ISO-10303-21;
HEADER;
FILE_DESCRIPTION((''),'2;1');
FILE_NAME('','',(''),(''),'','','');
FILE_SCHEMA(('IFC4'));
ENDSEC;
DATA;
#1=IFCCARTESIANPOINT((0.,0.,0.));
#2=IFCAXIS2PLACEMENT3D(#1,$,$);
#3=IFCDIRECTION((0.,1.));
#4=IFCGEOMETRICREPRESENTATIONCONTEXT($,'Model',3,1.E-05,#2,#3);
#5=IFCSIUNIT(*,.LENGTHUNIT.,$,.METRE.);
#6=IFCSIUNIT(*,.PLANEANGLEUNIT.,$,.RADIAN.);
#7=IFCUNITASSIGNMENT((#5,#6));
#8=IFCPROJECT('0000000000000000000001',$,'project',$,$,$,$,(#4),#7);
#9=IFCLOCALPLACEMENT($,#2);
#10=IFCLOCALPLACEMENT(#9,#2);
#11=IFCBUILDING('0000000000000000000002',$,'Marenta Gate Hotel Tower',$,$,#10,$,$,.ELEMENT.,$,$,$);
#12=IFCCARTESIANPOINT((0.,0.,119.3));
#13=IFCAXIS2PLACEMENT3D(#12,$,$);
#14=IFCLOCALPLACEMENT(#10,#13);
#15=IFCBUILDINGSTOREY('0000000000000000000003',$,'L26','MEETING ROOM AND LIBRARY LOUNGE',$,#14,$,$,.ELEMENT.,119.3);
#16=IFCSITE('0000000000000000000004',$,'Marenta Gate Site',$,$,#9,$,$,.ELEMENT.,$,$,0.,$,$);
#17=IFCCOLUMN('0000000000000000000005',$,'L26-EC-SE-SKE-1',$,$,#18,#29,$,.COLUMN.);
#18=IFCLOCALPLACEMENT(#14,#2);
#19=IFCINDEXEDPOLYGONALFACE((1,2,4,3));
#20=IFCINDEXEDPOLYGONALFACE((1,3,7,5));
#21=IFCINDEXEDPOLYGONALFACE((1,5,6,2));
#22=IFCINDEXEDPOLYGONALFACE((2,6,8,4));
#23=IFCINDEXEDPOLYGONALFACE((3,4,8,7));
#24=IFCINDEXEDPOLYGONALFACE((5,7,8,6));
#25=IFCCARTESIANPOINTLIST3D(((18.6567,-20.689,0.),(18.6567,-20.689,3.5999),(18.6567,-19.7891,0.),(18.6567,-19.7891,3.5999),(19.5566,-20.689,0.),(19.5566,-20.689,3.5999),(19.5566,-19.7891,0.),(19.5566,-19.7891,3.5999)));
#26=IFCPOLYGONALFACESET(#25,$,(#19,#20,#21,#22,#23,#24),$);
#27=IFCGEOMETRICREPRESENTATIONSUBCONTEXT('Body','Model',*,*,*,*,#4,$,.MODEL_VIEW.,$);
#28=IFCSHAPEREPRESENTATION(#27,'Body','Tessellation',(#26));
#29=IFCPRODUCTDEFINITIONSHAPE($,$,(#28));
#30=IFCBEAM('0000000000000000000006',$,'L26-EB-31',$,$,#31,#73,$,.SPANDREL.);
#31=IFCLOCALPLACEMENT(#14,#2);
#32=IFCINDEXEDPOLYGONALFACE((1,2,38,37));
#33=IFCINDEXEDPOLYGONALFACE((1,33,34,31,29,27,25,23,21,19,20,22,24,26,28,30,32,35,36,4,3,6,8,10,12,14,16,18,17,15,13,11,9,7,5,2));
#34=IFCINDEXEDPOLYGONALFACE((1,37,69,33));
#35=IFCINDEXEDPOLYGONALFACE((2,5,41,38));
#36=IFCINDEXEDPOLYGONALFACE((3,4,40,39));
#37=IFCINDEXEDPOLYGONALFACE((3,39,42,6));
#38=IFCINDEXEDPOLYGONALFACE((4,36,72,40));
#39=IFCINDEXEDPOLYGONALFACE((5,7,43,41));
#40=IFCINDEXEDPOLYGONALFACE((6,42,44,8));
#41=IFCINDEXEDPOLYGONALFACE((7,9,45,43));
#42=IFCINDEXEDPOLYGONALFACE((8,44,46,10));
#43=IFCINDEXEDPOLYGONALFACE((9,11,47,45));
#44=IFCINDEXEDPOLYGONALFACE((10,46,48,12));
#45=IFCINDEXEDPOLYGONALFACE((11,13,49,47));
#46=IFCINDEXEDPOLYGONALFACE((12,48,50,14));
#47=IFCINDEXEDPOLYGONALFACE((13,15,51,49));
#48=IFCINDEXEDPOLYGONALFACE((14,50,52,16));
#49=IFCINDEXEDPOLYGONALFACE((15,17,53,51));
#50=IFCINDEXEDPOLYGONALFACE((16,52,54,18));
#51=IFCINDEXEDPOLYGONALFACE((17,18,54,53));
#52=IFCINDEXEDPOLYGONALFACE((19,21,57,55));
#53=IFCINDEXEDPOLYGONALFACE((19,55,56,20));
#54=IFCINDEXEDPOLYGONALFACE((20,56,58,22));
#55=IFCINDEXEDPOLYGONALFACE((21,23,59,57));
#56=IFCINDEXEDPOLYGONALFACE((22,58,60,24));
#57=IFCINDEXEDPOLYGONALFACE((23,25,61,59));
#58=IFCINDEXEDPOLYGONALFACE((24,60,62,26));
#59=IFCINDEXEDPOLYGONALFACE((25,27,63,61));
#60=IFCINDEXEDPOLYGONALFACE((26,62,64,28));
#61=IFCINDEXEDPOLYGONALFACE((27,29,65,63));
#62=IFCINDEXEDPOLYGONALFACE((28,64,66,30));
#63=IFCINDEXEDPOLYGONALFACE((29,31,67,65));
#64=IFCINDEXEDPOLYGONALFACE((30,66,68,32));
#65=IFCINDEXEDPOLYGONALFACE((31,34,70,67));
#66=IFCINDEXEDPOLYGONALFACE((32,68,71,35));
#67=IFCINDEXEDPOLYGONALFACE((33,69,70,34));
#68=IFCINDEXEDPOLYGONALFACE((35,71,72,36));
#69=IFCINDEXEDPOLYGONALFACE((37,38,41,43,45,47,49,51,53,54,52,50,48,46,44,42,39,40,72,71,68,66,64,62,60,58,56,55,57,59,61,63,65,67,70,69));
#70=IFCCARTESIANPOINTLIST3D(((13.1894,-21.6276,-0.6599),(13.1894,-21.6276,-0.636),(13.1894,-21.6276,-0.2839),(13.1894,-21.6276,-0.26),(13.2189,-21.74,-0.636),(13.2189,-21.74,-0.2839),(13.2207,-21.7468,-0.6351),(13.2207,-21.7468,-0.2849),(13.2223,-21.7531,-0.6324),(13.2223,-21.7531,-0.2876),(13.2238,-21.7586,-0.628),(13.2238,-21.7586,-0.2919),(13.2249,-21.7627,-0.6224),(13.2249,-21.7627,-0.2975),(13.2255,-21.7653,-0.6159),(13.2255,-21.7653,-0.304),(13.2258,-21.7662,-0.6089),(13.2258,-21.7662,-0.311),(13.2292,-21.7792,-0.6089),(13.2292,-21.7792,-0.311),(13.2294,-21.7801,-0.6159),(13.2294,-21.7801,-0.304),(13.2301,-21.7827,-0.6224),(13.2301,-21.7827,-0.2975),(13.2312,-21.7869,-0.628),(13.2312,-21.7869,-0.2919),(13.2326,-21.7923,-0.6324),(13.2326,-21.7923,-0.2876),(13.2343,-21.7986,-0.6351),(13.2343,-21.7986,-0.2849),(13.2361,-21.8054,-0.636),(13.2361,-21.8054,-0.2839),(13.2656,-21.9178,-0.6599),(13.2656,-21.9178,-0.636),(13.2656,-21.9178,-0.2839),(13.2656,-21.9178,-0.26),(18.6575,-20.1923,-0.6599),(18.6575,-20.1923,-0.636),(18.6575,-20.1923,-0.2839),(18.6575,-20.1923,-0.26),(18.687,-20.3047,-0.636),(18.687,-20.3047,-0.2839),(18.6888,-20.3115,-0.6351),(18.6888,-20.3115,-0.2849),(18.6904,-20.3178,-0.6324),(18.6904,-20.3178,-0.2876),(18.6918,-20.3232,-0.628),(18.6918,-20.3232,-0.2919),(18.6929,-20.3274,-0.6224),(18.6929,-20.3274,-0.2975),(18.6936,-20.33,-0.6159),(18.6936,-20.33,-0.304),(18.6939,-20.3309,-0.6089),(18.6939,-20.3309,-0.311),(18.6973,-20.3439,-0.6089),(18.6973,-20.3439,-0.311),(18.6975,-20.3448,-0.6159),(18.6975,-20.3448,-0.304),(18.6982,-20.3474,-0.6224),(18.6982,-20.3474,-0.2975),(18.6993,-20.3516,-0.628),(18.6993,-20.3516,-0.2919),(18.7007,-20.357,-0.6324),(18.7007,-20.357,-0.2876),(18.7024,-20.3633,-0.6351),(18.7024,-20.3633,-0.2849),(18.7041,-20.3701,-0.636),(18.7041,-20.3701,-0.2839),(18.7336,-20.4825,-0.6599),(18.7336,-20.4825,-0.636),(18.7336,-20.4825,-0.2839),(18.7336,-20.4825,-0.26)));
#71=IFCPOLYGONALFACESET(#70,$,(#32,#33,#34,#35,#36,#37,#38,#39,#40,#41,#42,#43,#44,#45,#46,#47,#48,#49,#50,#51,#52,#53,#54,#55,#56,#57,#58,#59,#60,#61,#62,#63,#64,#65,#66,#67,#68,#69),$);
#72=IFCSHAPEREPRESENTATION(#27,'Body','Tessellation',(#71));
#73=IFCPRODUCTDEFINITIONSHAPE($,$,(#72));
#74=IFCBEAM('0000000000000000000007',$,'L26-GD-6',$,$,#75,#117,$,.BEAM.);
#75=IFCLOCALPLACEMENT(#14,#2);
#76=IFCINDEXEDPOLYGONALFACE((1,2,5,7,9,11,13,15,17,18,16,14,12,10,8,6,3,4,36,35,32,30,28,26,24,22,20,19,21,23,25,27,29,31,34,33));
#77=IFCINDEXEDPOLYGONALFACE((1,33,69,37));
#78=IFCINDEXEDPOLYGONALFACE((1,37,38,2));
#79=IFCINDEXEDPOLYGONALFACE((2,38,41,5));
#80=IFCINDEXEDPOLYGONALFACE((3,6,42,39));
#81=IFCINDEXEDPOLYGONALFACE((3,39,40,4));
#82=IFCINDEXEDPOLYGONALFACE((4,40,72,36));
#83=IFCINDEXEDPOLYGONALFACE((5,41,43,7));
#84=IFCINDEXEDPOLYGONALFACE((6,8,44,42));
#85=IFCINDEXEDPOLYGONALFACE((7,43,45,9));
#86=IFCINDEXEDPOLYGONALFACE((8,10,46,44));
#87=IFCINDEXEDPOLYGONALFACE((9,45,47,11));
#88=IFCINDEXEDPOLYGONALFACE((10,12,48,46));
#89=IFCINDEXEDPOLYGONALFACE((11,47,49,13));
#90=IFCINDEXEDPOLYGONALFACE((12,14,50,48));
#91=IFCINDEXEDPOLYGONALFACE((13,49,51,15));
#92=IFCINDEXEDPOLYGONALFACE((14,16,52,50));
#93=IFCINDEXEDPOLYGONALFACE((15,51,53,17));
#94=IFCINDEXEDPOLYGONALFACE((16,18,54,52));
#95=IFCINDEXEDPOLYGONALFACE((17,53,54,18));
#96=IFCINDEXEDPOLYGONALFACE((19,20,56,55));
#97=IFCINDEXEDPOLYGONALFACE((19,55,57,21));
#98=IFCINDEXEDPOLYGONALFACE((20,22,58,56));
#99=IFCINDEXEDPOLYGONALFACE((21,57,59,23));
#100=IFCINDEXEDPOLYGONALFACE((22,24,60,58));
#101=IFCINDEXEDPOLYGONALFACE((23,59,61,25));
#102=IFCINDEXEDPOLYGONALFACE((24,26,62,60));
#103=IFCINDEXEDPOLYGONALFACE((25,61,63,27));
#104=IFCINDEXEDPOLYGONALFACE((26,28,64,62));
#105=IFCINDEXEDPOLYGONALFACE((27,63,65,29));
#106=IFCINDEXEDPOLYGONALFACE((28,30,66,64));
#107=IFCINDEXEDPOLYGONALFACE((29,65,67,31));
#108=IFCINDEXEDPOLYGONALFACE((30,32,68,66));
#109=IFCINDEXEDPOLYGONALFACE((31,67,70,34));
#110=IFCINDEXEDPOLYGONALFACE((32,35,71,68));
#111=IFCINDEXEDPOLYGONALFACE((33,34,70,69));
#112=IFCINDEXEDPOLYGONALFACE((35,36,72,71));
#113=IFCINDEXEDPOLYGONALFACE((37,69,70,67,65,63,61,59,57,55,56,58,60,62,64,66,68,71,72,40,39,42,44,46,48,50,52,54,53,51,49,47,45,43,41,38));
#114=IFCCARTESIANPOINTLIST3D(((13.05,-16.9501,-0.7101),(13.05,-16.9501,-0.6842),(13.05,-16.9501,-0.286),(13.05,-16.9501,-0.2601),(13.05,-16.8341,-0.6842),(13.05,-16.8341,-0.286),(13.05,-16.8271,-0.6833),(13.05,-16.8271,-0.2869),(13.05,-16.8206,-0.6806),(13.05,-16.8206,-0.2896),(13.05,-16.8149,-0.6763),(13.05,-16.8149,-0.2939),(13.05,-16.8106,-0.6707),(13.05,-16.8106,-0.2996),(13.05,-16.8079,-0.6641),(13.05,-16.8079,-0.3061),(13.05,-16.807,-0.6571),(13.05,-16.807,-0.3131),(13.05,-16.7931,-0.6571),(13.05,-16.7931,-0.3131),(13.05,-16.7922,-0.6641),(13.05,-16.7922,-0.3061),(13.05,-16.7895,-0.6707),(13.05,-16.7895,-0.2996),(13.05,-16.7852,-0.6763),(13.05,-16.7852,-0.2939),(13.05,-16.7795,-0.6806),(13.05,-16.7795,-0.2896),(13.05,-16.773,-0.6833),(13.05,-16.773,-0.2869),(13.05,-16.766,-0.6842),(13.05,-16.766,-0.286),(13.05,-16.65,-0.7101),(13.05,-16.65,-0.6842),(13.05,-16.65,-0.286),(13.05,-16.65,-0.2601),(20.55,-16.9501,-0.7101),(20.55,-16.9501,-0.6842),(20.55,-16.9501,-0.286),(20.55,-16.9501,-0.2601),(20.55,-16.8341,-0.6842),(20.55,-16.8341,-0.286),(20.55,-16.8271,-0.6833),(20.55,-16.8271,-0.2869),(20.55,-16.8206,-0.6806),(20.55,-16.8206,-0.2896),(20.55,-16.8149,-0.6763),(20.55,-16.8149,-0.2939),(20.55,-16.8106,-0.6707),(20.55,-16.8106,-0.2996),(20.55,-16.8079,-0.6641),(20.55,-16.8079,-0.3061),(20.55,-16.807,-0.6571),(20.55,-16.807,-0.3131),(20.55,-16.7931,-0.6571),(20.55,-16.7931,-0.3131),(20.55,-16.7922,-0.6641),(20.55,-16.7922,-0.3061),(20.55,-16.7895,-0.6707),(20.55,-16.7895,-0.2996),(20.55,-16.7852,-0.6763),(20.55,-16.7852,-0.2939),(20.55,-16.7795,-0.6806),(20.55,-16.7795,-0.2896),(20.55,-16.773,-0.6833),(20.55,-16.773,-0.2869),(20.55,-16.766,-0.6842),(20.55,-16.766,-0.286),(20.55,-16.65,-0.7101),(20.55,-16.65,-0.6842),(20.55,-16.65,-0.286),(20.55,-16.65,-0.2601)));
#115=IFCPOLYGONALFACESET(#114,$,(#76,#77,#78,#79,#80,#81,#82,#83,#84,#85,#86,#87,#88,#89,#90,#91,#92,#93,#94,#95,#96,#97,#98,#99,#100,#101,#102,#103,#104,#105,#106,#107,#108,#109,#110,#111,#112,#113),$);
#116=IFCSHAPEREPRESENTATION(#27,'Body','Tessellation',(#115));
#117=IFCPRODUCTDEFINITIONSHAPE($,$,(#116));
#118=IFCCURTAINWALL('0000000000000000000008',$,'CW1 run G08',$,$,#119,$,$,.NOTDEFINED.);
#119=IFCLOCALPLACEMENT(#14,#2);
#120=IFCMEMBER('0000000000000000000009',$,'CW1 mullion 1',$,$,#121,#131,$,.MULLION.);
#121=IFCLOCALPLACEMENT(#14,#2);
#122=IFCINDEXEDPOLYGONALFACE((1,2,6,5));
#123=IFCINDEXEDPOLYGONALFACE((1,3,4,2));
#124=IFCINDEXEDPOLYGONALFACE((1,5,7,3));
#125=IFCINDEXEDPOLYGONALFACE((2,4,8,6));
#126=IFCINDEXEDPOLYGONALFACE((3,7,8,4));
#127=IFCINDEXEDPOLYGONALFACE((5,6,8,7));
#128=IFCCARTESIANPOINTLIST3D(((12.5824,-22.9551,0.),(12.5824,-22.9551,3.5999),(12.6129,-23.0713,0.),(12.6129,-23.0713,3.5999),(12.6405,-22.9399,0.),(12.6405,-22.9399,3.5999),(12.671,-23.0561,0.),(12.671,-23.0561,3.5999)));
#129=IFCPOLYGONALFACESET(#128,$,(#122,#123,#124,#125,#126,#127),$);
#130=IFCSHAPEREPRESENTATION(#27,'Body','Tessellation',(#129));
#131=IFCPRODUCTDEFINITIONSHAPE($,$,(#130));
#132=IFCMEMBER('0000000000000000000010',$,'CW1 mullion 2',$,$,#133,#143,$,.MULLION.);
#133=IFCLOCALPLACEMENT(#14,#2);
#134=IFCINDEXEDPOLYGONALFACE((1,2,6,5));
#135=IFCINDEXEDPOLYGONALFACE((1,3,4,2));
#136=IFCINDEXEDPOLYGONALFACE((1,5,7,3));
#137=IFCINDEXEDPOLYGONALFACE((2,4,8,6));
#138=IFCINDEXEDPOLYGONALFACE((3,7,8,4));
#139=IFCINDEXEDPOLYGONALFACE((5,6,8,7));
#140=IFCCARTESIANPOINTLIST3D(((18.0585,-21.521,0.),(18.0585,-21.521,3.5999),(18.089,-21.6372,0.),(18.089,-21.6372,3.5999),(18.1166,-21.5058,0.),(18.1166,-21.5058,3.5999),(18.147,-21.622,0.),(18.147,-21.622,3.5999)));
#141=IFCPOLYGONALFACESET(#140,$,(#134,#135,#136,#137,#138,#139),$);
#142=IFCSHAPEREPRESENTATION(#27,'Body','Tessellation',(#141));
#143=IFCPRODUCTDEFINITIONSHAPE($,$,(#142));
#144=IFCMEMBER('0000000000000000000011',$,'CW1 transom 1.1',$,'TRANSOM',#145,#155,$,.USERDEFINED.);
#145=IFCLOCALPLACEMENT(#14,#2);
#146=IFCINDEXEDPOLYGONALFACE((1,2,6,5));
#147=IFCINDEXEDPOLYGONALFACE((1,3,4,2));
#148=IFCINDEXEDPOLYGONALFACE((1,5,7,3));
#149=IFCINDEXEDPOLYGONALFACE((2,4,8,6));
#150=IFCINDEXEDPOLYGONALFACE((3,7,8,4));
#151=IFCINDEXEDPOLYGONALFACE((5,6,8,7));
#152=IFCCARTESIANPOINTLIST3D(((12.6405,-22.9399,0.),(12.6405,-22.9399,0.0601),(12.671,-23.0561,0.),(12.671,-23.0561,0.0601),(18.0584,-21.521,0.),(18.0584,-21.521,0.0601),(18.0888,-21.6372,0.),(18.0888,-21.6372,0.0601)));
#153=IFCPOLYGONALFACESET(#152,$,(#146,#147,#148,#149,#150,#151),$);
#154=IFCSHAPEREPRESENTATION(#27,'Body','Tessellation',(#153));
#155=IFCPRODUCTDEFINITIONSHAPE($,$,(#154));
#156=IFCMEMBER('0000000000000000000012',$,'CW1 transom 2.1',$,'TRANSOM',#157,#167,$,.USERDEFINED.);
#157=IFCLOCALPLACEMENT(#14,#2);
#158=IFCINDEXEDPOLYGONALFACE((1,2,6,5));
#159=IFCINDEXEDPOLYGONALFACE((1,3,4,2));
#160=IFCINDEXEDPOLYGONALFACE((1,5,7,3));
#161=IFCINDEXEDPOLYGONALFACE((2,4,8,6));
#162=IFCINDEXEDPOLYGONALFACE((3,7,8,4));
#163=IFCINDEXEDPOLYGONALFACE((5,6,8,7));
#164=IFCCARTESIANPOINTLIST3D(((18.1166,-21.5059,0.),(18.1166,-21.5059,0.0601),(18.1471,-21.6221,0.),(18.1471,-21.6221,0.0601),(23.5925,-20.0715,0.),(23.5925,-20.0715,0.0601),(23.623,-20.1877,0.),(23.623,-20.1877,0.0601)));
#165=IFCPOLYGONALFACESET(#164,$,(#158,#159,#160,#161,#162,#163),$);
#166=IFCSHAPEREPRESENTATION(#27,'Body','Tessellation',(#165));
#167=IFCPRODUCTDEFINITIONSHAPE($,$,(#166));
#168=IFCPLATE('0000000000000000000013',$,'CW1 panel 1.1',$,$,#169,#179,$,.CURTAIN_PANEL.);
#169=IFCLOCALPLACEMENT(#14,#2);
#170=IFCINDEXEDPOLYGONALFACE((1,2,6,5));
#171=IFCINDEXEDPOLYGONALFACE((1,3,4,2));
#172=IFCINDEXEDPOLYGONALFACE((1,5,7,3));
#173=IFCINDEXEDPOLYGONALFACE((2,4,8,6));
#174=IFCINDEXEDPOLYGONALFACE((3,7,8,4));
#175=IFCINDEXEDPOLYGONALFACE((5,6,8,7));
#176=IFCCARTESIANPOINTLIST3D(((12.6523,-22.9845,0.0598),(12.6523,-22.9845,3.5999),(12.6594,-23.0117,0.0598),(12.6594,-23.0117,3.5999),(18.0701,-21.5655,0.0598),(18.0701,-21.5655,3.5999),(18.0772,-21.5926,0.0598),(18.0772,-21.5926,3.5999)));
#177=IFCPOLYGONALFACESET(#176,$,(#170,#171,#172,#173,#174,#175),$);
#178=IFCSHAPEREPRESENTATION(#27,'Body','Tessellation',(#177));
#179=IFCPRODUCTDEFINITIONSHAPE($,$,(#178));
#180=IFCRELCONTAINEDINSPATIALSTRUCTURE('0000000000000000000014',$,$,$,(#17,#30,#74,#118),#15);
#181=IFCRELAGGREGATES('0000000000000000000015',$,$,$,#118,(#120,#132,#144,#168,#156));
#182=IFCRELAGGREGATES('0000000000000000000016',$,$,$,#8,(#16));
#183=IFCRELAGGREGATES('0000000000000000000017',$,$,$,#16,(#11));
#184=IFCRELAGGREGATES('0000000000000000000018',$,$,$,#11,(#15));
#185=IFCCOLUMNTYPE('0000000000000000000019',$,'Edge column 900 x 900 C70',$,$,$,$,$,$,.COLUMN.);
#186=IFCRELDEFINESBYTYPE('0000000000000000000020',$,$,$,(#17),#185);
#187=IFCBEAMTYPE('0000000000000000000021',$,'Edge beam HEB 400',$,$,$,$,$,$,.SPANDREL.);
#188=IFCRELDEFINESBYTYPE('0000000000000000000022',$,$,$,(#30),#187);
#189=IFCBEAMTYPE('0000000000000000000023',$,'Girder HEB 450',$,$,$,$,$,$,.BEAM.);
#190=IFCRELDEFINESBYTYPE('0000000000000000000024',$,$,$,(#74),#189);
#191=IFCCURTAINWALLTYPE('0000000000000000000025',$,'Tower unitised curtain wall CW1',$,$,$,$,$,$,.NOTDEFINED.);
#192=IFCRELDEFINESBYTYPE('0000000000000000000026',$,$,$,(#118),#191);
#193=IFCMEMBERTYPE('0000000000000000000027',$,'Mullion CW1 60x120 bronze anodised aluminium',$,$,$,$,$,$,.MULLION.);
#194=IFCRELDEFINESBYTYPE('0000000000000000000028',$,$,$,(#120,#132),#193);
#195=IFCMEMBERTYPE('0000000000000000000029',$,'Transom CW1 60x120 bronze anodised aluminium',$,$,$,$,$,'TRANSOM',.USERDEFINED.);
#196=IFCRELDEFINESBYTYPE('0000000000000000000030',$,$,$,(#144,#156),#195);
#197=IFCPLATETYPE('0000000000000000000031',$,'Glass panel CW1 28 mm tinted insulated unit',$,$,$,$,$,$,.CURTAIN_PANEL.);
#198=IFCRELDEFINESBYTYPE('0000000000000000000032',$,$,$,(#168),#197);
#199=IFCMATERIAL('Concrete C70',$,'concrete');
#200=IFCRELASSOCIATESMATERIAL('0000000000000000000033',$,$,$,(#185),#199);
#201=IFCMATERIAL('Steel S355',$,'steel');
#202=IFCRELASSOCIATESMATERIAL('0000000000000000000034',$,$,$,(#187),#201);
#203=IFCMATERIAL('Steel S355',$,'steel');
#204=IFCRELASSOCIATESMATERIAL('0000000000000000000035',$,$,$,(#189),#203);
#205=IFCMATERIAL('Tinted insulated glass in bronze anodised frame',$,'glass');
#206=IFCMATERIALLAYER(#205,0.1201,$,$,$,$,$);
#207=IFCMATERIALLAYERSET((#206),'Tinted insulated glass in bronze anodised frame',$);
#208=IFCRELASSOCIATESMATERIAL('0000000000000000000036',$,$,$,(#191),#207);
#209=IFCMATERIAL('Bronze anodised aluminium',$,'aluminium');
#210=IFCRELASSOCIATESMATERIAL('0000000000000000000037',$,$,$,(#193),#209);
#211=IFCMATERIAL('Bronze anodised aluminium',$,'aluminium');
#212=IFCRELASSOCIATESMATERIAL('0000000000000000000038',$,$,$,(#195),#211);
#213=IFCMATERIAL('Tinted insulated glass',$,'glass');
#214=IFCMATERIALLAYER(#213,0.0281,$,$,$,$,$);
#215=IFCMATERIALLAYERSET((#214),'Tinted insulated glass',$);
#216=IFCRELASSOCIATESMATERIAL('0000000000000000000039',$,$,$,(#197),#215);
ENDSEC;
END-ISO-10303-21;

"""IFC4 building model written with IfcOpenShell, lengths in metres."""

from ifc_helpers import new_model, si_unit, direction, frame, origin, origin_2d, place, context, subcontext, project, spatial, rectangle, i_section, extrude, material, layer, layer_set, material_profile, profile_set, type_object, element, aggregate, save


model = new_model("IFC4")

# Units and contexts
model_context = context("Model", 3, precision=1e-05, world=origin(), true_north=direction((0.0, 1.0)))
body_context = subcontext(model_context, "Body", "Model", "MODEL_VIEW")
ifc_project = project(units=[si_unit("LENGTHUNIT", "METRE"), si_unit("PLANEANGLEUNIT", "RADIAN")], contexts=[model_context])

# Site, building, storey
site_placement = place(None, origin())
site = spatial("IfcSite", under=ifc_project, at=site_placement, Name="Marenta Gate Site", CompositionType="ELEMENT", RefElevation=0.0)
building_placement = place(site_placement, origin())
building = spatial("IfcBuilding", under=site, at=building_placement, Name="Marenta Gate Hotel Tower", CompositionType="ELEMENT")
storey_placement = place(building_placement, frame((0.0, 0.0, 119.3)))
storey = spatial("IfcBuildingStorey", under=building, at=storey_placement, Name="L26", Description="MEETING ROOM AND LIBRARY LOUNGE", CompositionType="ELEMENT", Elevation=119.3)

# Column
ifc_material_1 = material(Name="Concrete C70", Category="concrete")
ifc_material_profile_1 = material_profile(ifc_material_1, rectangle(XDim=0.8999, YDim=0.8999, at=origin_2d()), Name="900 x 900")
ifc_profile_set_1 = profile_set([ifc_material_profile_1], Name="Concrete C70")
column_type = type_object("IfcColumnType", Name="Edge column 900 x 900 C70", PredefinedType="COLUMN", material=ifc_profile_set_1)
column_placement = place(storey_placement, frame((19.1067, -20.239, 0.0), z_axis=(0.0, 0.0, 1.0), x_axis=(1.0, 0.0, 0.0)))
element("IfcColumn", 1, at=column_placement, inside=storey, type_object=column_type, Name="L26-EC-SE-SKE-1", PredefinedType="COLUMN", context=body_context, shape_type="SweptSolid", body=[
    extrude(rectangle(XDim=0.8999, YDim=0.8999, at=origin_2d()), origin(), (0.0, 0.0, 1.0), 3.5999),
])

# Beams
ifc_material_2 = material(Name="Steel S355", Category="steel")
ifc_material_profile_2 = material_profile(ifc_material_2, i_section(OverallWidth=0.3, OverallDepth=0.3999, WebThickness=0.0134, FlangeThickness=0.0239, FilletRadius=0.0271, at=origin_2d()), Name="HEB 400")
ifc_profile_set_2 = profile_set([ifc_material_profile_2], Name="Steel S355")
beam_type_1 = type_object("IfcBeamType", Name="Edge beam HEB 400", PredefinedType="SPANDREL", material=ifc_profile_set_2)
beam_1_placement = place(storey_placement, frame((18.6956, -20.3374, -0.46), z_axis=(-0.967233, -0.25389, 0.0), x_axis=(0.25389, -0.967233, 0.0)))
element("IfcBeam", 2, at=beam_1_placement, inside=storey, type_object=beam_type_1, Name="L26-EB-31", PredefinedType="SPANDREL", context=body_context, shape_type="SweptSolid", body=[
    extrude(i_section(OverallWidth=0.3, OverallDepth=0.3999, WebThickness=0.0134, FlangeThickness=0.0239, FilletRadius=0.0271, at=origin_2d()), origin(), (0.0, 0.0, 1.0), 5.6533),
])
ifc_material_3 = material(Name="Steel S355", Category="steel")
ifc_material_profile_3 = material_profile(ifc_material_3, i_section(OverallWidth=0.3, OverallDepth=0.45, WebThickness=0.0139, FlangeThickness=0.0259, FilletRadius=0.0271, at=origin_2d()), Name="HEB 450")
ifc_profile_set_3 = profile_set([ifc_material_profile_3], Name="Steel S355")
beam_type_2 = type_object("IfcBeamType", Name="Girder HEB 450", PredefinedType="BEAM", material=ifc_profile_set_3)
beam_2_placement = place(storey_placement, frame((13.05, -16.8, -0.4851), z_axis=(1.0, 0.0, 0.0), x_axis=(0.0, 1.0, 0.0)))
element("IfcBeam", 3, at=beam_2_placement, inside=storey, type_object=beam_type_2, Name="L26-GD-6", PredefinedType="BEAM", context=body_context, shape_type="SweptSolid", body=[
    extrude(i_section(OverallWidth=0.3, OverallDepth=0.45, WebThickness=0.0139, FlangeThickness=0.0259, FilletRadius=0.0271, at=origin_2d()), origin(), (0.0, 0.0, 1.0), 7.5),
])

# Curtain wall, members, plate
ifc_material_4 = material(Name="Tinted insulated glass in bronze anodised frame", Category="glass")
ifc_layer_1 = layer(ifc_material_4, 0.1201)
ifc_layer_set_1 = layer_set([ifc_layer_1], Name="Tinted insulated glass in bronze anodised frame")
curtain_wall_type = type_object("IfcCurtainWallType", Name="Tower unitised curtain wall CW1", PredefinedType="NOTDEFINED", material=ifc_layer_set_1)
curtain_wall_placement = place(storey_placement, origin())
curtain_wall = element("IfcCurtainWall", 4, at=curtain_wall_placement, inside=storey, type_object=curtain_wall_type, Name="CW1 run G08", PredefinedType="NOTDEFINED")
ifc_material_5 = material(Name="Bronze anodised aluminium", Category="aluminium")
ifc_material_profile_4 = material_profile(ifc_material_5, rectangle(XDim=0.1201, YDim=0.0601, at=origin_2d()), Name="Mullion CW1 60x120 bronze anodised aluminium")
ifc_profile_set_4 = profile_set([ifc_material_profile_4], Name="Bronze anodised aluminium")
member_type_1 = type_object("IfcMemberType", Name="Mullion CW1 60x120 bronze anodised aluminium", PredefinedType="MULLION", material=ifc_profile_set_4)
member_1_placement = place(storey_placement, frame((12.6267, -23.0056, 0.0), z_axis=(0.0, 0.0, 1.0), x_axis=(-0.253374, 0.967368, 0.0)))
member_1 = element("IfcMember", 5, at=member_1_placement, type_object=member_type_1, Name="CW1 mullion 1", PredefinedType="MULLION", context=body_context, shape_type="SweptSolid", body=[
    extrude(rectangle(XDim=0.1201, YDim=0.0601, at=origin_2d()), origin(), (0.0, 0.0, 1.0), 3.5999),
])
member_2_placement = place(storey_placement, frame((18.1028, -21.5715, 0.0), z_axis=(0.0, 0.0, 1.0), x_axis=(-0.253374, 0.967368, 0.0)))
member_2 = element("IfcMember", 6, at=member_2_placement, type_object=member_type_1, Name="CW1 mullion 2", PredefinedType="MULLION", context=body_context, shape_type="SweptSolid", body=[
    extrude(rectangle(XDim=0.1201, YDim=0.0601, at=origin_2d()), origin(), (0.0, 0.0, 1.0), 3.5999),
])
ifc_material_6 = material(Name="Bronze anodised aluminium", Category="aluminium")
ifc_material_profile_5 = material_profile(ifc_material_6, rectangle(XDim=0.1201, YDim=0.0601, at=origin_2d()), Name="Transom CW1 60x120 bronze anodised aluminium")
ifc_profile_set_5 = profile_set([ifc_material_profile_5], Name="Bronze anodised aluminium")
member_type_2 = type_object("IfcMemberType", Name="Transom CW1 60x120 bronze anodised aluminium", ElementType="TRANSOM", PredefinedType="USERDEFINED", material=ifc_profile_set_5)
member_3_placement = place(storey_placement, frame((12.6558, -22.998, 0.03), z_axis=(0.967374, 0.253352, 0.0), x_axis=(-0.253352, 0.967374, 0.0)))
member_3 = element("IfcMember", 7, at=member_3_placement, type_object=member_type_2, Name="CW1 transom 1.1", ObjectType="TRANSOM", PredefinedType="USERDEFINED", context=body_context, shape_type="SweptSolid", body=[
    extrude(rectangle(XDim=0.1201, YDim=0.0601, at=origin_2d()), origin(), (0.0, 0.0, 1.0), 5.6006),
])
member_4_placement = place(storey_placement, frame((18.1318, -21.564, 0.03), z_axis=(0.967364, 0.253389, 0.0), x_axis=(-0.253389, 0.967364, 0.0)))
member_4 = element("IfcMember", 8, at=member_4_placement, type_object=member_type_2, Name="CW1 transom 2.1", ObjectType="TRANSOM", PredefinedType="USERDEFINED", context=body_context, shape_type="SweptSolid", body=[
    extrude(rectangle(XDim=0.1201, YDim=0.0601, at=origin_2d()), origin(), (0.0, 0.0, 1.0), 5.6606),
])
ifc_material_7 = material(Name="Tinted insulated glass", Category="glass")
ifc_layer_2 = layer(ifc_material_7, 0.0281)
ifc_layer_set_2 = layer_set([ifc_layer_2], Name="Tinted insulated glass")
plate_type = type_object("IfcPlateType", Name="Glass panel CW1 28 mm tinted insulated unit", PredefinedType="CURTAIN_PANEL", material=ifc_layer_set_2)
plate_placement = place(storey_placement, frame((15.3647, -22.2886, 0.0598), z_axis=(0.0, 0.0, 1.0), x_axis=(0.967368, 0.253374, 0.0)))
plate = element("IfcPlate", 9, at=plate_placement, type_object=plate_type, Name="CW1 panel 1.1", PredefinedType="CURTAIN_PANEL", context=body_context, shape_type="SweptSolid", body=[
    extrude(rectangle(XDim=5.6006, YDim=0.0281, at=origin_2d()), origin(), (0.0, 0.0, 1.0), 3.54),
])
aggregate(curtain_wall, [member_1, member_2, member_3, plate, member_4])

save(model, "model.ifc")
